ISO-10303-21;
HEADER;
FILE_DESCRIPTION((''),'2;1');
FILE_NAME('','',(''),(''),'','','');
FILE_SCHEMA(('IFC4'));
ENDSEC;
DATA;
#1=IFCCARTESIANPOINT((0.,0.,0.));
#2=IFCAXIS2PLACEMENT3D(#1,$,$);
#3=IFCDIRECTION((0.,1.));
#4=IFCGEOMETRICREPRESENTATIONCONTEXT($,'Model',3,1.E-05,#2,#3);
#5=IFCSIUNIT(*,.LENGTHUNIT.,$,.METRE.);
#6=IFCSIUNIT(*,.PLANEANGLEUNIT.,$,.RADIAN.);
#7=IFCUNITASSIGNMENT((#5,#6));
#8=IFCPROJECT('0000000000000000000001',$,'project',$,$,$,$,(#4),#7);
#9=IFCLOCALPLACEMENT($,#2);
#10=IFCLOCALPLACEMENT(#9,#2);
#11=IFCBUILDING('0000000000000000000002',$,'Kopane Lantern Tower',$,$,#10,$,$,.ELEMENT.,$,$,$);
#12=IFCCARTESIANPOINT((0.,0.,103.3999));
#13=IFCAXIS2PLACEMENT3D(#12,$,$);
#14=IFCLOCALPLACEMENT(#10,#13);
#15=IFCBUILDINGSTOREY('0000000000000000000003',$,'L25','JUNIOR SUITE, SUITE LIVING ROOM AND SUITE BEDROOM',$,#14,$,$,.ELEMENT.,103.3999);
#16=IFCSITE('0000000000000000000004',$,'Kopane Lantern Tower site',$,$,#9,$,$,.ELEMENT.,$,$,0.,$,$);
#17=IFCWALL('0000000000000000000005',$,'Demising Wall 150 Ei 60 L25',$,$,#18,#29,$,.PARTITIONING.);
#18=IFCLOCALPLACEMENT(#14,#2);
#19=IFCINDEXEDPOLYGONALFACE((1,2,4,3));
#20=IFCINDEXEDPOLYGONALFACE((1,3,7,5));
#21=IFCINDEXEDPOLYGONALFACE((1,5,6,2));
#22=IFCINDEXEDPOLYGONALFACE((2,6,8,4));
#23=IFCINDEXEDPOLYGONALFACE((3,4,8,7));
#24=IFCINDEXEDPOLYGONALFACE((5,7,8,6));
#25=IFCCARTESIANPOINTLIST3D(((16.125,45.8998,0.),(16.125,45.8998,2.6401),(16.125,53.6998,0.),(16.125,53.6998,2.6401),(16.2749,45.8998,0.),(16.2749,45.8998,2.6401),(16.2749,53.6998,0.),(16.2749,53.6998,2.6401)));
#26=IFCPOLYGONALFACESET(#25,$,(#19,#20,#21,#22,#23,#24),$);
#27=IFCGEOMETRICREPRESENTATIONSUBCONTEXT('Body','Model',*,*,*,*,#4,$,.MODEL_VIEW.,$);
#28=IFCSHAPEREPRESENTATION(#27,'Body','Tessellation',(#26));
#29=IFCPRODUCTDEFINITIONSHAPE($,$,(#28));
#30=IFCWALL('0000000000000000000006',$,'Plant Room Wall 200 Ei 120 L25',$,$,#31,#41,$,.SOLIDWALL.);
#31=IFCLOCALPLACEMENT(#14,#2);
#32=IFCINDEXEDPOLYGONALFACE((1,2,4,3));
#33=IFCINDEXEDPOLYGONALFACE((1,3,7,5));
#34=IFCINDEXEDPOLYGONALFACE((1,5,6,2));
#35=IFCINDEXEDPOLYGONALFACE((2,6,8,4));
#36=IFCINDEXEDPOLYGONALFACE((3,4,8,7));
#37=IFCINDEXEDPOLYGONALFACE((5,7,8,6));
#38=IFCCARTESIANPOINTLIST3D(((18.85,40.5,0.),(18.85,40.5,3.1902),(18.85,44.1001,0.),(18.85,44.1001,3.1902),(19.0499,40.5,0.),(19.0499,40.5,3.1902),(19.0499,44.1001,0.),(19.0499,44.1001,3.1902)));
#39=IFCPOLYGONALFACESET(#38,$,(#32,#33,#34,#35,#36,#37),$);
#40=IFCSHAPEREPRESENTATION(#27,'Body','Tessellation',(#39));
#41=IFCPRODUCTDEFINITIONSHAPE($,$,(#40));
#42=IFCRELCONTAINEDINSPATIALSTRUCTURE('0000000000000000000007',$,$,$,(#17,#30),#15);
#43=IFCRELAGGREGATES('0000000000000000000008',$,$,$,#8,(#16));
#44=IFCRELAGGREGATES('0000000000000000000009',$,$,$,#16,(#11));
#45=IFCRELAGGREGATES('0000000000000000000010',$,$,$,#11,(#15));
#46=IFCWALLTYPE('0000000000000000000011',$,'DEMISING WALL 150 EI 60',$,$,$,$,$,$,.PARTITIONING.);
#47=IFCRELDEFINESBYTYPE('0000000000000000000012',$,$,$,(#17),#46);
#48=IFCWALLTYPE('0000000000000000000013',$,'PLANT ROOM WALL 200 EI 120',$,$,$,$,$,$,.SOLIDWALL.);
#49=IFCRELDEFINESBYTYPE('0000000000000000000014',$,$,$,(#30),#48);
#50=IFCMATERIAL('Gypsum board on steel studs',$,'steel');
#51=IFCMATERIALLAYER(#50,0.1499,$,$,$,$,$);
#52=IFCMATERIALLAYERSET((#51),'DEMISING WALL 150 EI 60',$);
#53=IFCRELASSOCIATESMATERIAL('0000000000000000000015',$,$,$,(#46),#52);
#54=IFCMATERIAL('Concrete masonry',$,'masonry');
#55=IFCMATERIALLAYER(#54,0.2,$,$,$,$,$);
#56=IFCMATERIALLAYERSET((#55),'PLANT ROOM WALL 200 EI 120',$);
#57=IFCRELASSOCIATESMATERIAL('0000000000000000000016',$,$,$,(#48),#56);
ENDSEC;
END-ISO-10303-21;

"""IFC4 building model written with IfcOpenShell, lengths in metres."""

from ifc_helpers import new_model, si_unit, direction, frame, frame_2d, origin, place, context, subcontext, project, spatial, rectangle, extrude, material, layer, layer_set, type_object, element, save


model = new_model("IFC4")

# Units and contexts
model_context = context("Model", 3, precision=1e-05, world=origin(), true_north=direction((0.0, 1.0)))
body_context = subcontext(model_context, "Body", "Model", "MODEL_VIEW")
ifc_project = project(units=[si_unit("LENGTHUNIT", "METRE"), si_unit("PLANEANGLEUNIT", "RADIAN")], contexts=[model_context])

# Site, building, storey
site_placement = place(None, origin())
site = spatial("IfcSite", under=ifc_project, at=site_placement, Name="Kopane Lantern Tower site", CompositionType="ELEMENT", RefElevation=0.0)
building_placement = place(site_placement, origin())
building = spatial("IfcBuilding", under=site, at=building_placement, Name="Kopane Lantern Tower", CompositionType="ELEMENT")
storey_placement = place(building_placement, frame((0.0, 0.0, 103.3999)))
storey = spatial("IfcBuildingStorey", under=building, at=storey_placement, Name="L25", Description="JUNIOR SUITE, SUITE LIVING ROOM AND SUITE BEDROOM", CompositionType="ELEMENT", Elevation=103.3999)

# Walls
ifc_material_1 = material(Name="Gypsum board on steel studs", Category="steel")
ifc_layer_1 = layer(ifc_material_1, 0.1499)
ifc_layer_set_1 = layer_set([ifc_layer_1], Name="DEMISING WALL 150 EI 60")
wall_type_1 = type_object("IfcWallType", Name="DEMISING WALL 150 EI 60", PredefinedType="PARTITIONING", material=ifc_layer_set_1)
wall_1_placement = place(storey_placement, frame((16.2, 45.8999, 0.0), z_axis=(0.0, 0.0, 1.0), x_axis=(0.0, 1.0, 0.0)))
element("IfcWall", 1, at=wall_1_placement, inside=storey, type_object=wall_type_1, Name="Demising Wall 150 Ei 60 L25", PredefinedType="PARTITIONING", context=body_context, shape_type="SweptSolid", body=[
    extrude(rectangle(XDim=7.8, YDim=0.1499, at=frame_2d((3.8999, 0.0))), origin(), (0.0, 0.0, 1.0), 2.6401),
])
ifc_material_2 = material(Name="Concrete masonry", Category="masonry")
ifc_layer_2 = layer(ifc_material_2, 0.2)
ifc_layer_set_2 = layer_set([ifc_layer_2], Name="PLANT ROOM WALL 200 EI 120")
wall_type_2 = type_object("IfcWallType", Name="PLANT ROOM WALL 200 EI 120", PredefinedType="SOLIDWALL", material=ifc_layer_set_2)
wall_2_placement = place(storey_placement, frame((18.95, 44.1001, 0.0), z_axis=(0.0, 0.0, 1.0), x_axis=(0.0, -1.0, 0.0)))
element("IfcWall", 2, at=wall_2_placement, inside=storey, type_object=wall_type_2, Name="Plant Room Wall 200 Ei 120 L25", PredefinedType="SOLIDWALL", context=body_context, shape_type="SweptSolid", body=[
    extrude(rectangle(XDim=3.6001, YDim=0.2, at=frame_2d((1.8, 0.0))), origin(), (0.0, 0.0, 1.0), 3.1902),
])

save(model, "model.ifc")
